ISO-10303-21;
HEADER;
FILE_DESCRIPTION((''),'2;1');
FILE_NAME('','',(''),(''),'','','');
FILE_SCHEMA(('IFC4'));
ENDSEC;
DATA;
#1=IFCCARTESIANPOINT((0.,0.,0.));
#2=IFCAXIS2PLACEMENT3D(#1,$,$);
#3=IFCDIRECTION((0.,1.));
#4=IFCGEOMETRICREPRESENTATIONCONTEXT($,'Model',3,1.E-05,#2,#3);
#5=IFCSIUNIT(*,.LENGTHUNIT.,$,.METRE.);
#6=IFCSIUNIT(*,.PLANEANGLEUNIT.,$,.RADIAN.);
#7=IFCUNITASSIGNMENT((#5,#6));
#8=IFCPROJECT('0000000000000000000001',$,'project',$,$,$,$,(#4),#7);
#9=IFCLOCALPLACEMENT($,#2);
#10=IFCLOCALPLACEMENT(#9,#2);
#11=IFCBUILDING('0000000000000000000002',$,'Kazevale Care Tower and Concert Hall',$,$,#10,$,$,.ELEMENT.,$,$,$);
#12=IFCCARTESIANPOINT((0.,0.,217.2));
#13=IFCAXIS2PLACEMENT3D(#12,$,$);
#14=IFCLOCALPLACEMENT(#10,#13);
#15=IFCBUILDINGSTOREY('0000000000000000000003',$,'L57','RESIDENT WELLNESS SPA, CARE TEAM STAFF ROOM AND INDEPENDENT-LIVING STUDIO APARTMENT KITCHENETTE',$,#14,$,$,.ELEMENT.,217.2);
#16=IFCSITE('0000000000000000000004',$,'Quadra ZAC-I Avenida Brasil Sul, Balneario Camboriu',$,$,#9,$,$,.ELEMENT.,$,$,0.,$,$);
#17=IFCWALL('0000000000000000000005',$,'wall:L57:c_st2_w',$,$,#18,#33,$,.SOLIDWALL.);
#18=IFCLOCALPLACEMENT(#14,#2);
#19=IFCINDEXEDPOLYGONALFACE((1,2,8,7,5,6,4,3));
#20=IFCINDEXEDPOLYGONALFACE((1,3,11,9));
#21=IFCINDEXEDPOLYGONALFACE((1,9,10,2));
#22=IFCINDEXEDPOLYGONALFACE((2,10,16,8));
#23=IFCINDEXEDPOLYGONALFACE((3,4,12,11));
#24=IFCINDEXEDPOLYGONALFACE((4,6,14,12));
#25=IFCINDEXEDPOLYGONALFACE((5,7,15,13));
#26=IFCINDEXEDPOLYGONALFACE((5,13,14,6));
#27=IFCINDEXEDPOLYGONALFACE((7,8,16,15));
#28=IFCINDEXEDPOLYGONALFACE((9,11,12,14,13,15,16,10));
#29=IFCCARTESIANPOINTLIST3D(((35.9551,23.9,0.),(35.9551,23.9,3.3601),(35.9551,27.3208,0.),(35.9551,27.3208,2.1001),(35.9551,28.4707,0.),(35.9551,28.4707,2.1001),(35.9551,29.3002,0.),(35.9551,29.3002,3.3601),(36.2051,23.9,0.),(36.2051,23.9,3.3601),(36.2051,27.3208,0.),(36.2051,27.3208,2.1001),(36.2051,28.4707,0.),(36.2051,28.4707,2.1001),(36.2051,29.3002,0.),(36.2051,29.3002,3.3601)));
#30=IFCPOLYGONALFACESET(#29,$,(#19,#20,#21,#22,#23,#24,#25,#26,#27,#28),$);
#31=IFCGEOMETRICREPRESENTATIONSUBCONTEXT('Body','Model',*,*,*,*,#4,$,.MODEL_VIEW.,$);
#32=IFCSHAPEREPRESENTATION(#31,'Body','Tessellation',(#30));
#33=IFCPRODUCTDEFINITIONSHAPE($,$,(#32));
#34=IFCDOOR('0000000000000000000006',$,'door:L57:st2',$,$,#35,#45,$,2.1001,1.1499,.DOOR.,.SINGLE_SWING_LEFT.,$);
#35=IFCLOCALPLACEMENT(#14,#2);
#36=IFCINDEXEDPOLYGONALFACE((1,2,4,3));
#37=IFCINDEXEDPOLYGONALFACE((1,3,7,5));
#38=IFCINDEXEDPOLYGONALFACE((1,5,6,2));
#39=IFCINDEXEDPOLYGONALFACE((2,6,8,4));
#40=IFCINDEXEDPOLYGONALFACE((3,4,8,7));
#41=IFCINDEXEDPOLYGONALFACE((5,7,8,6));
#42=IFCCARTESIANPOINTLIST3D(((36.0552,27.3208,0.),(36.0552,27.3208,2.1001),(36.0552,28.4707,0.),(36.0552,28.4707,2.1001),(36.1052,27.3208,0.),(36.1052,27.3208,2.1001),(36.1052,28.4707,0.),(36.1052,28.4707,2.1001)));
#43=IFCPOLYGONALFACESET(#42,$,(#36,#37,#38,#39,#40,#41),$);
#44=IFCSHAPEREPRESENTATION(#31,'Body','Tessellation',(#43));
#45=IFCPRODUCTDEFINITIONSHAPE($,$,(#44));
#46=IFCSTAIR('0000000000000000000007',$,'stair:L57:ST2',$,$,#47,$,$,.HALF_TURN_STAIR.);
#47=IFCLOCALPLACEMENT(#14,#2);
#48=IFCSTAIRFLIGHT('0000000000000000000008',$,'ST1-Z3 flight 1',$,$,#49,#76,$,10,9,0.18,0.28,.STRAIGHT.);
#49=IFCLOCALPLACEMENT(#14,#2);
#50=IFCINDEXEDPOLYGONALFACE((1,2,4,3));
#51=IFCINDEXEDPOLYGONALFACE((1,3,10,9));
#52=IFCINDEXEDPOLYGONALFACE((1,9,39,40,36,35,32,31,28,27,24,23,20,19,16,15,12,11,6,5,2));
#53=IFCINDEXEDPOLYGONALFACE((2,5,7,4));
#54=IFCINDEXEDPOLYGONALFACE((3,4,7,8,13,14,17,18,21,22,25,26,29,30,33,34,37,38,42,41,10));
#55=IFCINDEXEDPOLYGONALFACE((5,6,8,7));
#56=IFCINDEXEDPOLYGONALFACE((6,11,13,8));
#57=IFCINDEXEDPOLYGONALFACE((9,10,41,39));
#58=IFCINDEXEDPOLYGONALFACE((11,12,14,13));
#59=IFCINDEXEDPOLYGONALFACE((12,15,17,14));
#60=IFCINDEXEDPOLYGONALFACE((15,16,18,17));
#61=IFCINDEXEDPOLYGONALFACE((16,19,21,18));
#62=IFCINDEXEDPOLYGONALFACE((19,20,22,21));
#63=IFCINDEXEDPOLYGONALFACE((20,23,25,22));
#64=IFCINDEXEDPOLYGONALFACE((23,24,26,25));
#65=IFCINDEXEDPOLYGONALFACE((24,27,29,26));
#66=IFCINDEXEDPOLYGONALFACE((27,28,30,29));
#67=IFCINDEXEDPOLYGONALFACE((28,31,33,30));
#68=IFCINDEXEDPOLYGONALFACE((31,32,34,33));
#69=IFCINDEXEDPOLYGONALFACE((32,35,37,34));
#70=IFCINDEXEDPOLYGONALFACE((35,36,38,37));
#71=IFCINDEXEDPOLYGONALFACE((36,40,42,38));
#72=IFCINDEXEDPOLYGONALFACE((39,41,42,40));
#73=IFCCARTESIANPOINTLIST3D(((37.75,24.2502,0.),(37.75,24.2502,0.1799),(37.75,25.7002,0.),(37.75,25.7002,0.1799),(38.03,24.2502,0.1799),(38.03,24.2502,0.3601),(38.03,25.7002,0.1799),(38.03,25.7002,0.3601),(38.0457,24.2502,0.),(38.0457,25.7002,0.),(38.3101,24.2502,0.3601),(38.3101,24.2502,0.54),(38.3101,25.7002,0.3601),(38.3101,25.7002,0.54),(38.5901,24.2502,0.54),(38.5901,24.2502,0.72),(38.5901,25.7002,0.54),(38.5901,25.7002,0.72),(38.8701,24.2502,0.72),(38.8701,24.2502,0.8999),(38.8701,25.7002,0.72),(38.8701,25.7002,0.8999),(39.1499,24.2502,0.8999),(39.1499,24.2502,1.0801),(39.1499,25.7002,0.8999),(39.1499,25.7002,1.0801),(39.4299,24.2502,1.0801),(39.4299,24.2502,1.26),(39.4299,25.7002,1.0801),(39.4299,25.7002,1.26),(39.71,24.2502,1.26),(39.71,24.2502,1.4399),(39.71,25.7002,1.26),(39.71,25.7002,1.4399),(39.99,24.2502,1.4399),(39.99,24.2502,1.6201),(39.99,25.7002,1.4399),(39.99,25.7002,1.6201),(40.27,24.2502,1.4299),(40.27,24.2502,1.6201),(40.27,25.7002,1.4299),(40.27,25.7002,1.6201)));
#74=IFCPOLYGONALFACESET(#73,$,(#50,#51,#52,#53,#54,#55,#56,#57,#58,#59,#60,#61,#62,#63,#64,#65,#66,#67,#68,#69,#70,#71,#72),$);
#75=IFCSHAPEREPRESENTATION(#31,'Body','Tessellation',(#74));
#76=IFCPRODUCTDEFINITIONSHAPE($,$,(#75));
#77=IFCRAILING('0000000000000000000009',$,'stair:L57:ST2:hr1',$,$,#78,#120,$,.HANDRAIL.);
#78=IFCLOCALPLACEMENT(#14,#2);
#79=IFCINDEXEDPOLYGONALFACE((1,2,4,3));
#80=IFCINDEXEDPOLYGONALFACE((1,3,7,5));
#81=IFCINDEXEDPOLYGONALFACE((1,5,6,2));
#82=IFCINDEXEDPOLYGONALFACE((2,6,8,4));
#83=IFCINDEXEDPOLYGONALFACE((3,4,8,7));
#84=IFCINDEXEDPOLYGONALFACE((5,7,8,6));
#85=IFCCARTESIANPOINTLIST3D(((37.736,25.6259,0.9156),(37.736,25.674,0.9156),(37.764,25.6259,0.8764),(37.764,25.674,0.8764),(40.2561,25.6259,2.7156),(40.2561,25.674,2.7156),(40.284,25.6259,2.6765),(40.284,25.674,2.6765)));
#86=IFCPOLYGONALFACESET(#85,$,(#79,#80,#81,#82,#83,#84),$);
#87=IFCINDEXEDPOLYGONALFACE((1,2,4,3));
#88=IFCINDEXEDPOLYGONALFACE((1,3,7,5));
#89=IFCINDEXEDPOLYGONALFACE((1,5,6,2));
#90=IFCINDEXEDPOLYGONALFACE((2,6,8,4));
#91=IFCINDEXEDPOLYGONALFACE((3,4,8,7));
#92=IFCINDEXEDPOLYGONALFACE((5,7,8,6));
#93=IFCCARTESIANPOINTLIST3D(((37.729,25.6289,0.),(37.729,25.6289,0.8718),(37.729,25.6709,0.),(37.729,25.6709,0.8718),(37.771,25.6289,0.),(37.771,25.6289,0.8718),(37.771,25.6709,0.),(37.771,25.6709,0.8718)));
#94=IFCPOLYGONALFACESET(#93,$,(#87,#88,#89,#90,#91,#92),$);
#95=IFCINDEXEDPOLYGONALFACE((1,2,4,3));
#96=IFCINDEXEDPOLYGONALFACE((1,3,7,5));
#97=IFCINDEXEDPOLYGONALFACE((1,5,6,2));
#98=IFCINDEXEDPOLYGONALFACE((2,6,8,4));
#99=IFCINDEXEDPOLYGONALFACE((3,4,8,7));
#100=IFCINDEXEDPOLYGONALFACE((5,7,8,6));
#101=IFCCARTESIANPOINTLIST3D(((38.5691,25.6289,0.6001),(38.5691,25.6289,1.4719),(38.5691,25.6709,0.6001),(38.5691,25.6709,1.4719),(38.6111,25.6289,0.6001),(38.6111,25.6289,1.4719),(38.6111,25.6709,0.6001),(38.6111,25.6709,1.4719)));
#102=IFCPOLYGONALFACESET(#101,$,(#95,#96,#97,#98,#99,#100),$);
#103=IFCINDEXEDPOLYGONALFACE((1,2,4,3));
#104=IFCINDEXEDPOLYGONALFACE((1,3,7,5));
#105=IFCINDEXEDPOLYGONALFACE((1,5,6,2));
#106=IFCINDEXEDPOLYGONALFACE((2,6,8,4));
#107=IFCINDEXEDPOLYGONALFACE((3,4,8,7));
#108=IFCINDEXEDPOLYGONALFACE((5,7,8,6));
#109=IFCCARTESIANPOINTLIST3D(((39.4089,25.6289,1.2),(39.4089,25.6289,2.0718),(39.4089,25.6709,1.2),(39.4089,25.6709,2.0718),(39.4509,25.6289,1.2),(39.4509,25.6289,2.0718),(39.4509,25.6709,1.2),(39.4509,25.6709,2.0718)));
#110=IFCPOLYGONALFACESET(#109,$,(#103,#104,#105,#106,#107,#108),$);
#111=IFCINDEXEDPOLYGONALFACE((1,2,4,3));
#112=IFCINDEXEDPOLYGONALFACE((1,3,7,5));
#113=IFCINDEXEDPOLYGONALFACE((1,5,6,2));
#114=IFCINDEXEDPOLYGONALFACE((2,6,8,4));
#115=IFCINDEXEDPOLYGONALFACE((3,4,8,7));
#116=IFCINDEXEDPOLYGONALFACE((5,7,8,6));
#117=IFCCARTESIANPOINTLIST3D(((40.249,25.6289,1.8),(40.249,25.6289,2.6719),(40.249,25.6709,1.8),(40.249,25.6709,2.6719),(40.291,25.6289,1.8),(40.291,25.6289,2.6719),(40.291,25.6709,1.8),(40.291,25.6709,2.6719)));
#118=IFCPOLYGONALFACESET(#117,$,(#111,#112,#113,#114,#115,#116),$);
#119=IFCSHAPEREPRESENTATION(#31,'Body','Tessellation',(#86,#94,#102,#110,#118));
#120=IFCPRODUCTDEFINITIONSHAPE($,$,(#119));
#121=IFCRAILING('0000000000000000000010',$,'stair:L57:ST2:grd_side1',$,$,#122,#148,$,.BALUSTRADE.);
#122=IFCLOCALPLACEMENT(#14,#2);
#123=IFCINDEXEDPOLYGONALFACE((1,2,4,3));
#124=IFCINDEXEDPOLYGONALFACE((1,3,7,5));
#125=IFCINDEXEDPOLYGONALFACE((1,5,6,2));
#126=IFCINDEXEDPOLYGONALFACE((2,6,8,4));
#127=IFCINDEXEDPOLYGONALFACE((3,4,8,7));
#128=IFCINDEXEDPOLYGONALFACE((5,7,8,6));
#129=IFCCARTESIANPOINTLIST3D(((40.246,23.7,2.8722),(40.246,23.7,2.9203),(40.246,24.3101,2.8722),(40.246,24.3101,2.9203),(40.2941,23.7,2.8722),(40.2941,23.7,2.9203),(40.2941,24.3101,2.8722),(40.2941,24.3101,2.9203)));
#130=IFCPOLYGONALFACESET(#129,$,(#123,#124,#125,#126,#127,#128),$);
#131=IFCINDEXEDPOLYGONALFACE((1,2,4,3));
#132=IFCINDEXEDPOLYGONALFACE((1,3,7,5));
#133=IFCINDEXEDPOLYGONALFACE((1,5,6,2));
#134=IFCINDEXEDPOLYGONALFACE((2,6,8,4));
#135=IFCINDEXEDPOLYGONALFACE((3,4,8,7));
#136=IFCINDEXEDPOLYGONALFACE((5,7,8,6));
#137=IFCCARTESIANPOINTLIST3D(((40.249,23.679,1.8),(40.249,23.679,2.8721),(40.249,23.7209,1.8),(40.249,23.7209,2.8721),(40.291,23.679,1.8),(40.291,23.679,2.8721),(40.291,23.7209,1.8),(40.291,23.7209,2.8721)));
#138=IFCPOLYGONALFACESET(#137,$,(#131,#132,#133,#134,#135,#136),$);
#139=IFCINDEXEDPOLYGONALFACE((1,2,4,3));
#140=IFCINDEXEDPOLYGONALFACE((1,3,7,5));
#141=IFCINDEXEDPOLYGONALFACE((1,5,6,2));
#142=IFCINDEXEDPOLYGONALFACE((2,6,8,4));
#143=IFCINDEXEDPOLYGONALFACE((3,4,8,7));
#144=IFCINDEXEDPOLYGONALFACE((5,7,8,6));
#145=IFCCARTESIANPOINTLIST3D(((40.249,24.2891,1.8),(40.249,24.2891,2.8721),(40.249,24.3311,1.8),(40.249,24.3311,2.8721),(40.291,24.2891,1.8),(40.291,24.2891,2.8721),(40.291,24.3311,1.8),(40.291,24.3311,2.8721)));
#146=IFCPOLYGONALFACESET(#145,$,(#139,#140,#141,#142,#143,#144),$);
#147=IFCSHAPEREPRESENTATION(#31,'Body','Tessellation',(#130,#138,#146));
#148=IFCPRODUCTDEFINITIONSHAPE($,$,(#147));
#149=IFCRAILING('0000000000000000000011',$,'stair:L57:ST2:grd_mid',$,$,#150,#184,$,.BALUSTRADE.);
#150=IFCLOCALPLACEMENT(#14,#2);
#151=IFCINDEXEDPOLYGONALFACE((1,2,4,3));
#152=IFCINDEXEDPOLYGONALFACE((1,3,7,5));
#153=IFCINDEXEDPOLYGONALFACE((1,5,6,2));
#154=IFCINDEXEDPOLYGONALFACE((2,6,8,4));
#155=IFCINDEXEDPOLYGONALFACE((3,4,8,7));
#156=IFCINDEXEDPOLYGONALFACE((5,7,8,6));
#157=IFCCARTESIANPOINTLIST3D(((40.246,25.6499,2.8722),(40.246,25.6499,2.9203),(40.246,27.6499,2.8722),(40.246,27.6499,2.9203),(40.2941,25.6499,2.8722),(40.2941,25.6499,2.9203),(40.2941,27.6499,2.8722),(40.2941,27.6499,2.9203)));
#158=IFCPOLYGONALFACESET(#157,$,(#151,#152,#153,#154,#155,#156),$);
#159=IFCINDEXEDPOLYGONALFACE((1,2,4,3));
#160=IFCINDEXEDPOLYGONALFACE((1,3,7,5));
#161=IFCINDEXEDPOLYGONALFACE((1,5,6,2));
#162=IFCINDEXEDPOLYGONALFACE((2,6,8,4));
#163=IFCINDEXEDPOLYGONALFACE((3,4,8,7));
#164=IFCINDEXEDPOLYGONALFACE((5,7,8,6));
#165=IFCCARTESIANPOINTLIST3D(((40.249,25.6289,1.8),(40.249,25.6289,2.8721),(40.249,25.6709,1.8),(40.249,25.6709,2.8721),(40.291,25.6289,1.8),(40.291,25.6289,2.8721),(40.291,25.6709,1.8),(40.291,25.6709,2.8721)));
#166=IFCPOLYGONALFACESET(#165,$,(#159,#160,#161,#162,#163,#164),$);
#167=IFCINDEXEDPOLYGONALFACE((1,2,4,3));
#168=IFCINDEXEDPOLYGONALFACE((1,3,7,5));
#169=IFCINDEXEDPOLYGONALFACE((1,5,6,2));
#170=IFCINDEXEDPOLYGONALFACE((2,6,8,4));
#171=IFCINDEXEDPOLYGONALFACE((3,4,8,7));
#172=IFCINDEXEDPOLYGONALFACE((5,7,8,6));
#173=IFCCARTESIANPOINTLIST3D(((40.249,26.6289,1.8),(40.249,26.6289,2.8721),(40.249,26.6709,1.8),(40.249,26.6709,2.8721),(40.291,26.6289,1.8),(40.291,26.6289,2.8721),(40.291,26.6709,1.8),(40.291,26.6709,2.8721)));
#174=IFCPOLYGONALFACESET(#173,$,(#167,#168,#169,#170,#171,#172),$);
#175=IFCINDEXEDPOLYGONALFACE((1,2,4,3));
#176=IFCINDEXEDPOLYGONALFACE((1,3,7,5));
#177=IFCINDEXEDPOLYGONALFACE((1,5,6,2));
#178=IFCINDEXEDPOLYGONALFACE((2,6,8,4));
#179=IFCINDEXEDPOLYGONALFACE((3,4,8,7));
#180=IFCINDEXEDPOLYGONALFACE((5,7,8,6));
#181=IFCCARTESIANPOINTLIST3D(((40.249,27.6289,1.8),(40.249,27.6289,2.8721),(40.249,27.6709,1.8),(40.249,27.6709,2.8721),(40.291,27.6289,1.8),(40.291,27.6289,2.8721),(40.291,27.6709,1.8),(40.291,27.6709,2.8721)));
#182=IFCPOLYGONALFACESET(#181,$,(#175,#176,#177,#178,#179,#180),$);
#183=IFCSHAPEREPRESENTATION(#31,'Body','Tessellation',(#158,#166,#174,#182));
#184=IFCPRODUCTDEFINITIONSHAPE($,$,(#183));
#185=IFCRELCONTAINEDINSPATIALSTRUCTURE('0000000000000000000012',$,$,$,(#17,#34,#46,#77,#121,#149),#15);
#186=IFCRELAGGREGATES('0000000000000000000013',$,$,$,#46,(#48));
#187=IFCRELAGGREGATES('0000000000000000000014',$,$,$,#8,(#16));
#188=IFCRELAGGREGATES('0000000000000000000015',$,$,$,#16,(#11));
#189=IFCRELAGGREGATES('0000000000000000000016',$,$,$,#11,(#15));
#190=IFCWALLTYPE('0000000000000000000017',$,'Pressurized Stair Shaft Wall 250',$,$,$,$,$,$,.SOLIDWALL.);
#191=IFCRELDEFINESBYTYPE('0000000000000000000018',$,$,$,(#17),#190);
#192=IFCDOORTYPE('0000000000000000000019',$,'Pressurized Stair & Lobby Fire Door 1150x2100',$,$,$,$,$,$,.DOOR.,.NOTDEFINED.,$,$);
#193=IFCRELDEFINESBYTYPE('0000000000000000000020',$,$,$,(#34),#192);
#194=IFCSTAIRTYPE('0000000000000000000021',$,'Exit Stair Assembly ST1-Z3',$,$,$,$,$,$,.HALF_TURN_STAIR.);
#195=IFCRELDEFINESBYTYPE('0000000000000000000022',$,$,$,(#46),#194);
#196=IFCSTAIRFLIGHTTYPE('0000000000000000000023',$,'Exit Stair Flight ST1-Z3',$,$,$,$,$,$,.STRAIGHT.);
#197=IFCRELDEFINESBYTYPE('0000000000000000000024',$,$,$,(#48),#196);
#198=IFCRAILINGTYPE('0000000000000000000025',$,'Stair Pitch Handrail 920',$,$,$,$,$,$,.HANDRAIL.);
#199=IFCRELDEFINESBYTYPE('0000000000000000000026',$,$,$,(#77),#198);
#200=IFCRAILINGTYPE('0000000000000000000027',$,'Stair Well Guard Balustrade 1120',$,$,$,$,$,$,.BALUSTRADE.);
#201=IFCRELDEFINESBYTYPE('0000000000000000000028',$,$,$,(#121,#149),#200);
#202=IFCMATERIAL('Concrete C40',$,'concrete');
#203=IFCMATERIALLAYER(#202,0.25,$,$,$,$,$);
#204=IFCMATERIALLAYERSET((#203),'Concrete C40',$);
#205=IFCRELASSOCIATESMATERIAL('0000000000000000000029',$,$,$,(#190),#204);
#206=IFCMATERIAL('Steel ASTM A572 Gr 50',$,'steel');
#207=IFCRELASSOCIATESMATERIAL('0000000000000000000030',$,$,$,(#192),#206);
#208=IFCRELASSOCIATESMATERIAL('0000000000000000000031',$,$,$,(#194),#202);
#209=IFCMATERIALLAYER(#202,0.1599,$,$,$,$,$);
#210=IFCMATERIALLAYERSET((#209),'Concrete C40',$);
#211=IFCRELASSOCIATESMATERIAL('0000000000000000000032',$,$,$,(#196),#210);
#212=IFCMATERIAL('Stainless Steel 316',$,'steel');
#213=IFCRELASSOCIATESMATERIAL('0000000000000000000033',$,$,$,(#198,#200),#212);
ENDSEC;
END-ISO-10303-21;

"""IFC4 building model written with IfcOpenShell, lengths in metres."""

from ifc_helpers import new_model, si_unit, direction, frame, frame_2d, origin, origin_2d, place, context, subcontext, project, spatial, polyline, rectangle, outline, extrude, material, layer, layer_set, type_object, element, fill, aggregate, save


model = new_model("IFC4")

# Units and contexts
model_context = context("Model", 3, precision=1e-05, world=origin(), true_north=direction((0.0, 1.0)))
body_context = subcontext(model_context, "Body", "Model", "MODEL_VIEW")
ifc_project = project(units=[si_unit("LENGTHUNIT", "METRE"), si_unit("PLANEANGLEUNIT", "RADIAN")], contexts=[model_context])

# Site, building, storey
site_placement = place(None, origin())
site = spatial("IfcSite", under=ifc_project, at=site_placement, Name="Quadra ZAC-I Avenida Brasil Sul, Balneario Camboriu", CompositionType="ELEMENT", RefElevation=0.0)
building_placement = place(site_placement, origin())
building = spatial("IfcBuilding", under=site, at=building_placement, Name="Kazevale Care Tower and Concert Hall", CompositionType="ELEMENT")
storey_placement = place(building_placement, frame((0.0, 0.0, 217.2)))
storey = spatial("IfcBuildingStorey", under=building, at=storey_placement, Name="L57", Description="RESIDENT WELLNESS SPA, CARE TEAM STAFF ROOM AND INDEPENDENT-LIVING STUDIO APARTMENT KITCHENETTE", CompositionType="ELEMENT", Elevation=217.2)

# Shared definitions
ifc_material_1 = material(Name="Steel ASTM A572 Gr 50", Category="steel")

# Wall, opening, door
ifc_material_2 = material(Name="Concrete C40", Category="concrete")
ifc_layer_1 = layer(ifc_material_2, 0.25)
ifc_layer_set_1 = layer_set([ifc_layer_1], Name="Concrete C40")
wall_type_1 = type_object("IfcWallType", Name="Pressurized Stair Shaft Wall 250", PredefinedType="SOLIDWALL", material=ifc_layer_set_1)
wall_1_placement = place(storey_placement, frame((36.0801, 23.8999, 0.0), z_axis=(0.0, 0.0, 1.0), x_axis=(0.0, 1.0, 0.0)))
wall_1 = element("IfcWall", 1, at=wall_1_placement, inside=storey, type_object=wall_type_1, Name="wall:L57:c_st2_w", PredefinedType="SOLIDWALL", context=body_context, shape_type="SweptSolid", body=[
    extrude(rectangle(XDim=5.4001, YDim=0.25, at=frame_2d((2.7002, 0.0))), origin(), (0.0, 0.0, 1.0), 3.3601),
])
opening_1_placement = place(wall_1_placement, frame((3.4209, 0.0, 0.0)))
opening_1 = element("IfcOpeningElement", 2, at=opening_1_placement, cuts=wall_1, PredefinedType="OPENING", context=body_context, shape_type="SweptSolid", body=[
    extrude(rectangle(XDim=1.1499, YDim=2.1001, at=frame_2d((0.575, 1.05))), frame((0.0, 0.135, 0.0), z_axis=(0.0, -1.0, 0.0), x_axis=(1.0, 0.0, 0.0)), (0.0, 0.0, 1.0), 0.27),
])
door_type_1 = type_object("IfcDoorType", Name="Pressurized Stair & Lobby Fire Door 1150x2100", OperationType="NOTDEFINED", PredefinedType="DOOR", material=ifc_material_1)
door_1_placement = place(opening_1_placement, origin())
door_1 = element("IfcDoor", 3, at=door_1_placement, inside=storey, type_object=door_type_1, Name="door:L57:st2", OperationType="SINGLE_SWING_LEFT", OverallHeight=2.1001, OverallWidth=1.1499, PredefinedType="DOOR", context=body_context, shape_type="SweptSolid", body=[
    extrude(rectangle(XDim=1.1499, YDim=2.1001, at=frame_2d((0.575, 1.05))), frame((0.0, 0.0249, 0.0), z_axis=(0.0, -1.0, 0.0), x_axis=(1.0, 0.0, 0.0)), (0.0, 0.0, 1.0), 0.05),
])
fill(opening_1, door_1)

# Stair, stair flight
stair_type = type_object("IfcStairType", Name="Exit Stair Assembly ST1-Z3", PredefinedType="HALF_TURN_STAIR", material=ifc_material_2)
stair_placement = place(storey_placement, origin())
stair = element("IfcStair", 4, at=stair_placement, inside=storey, type_object=stair_type, Name="stair:L57:ST2", PredefinedType="HALF_TURN_STAIR")
ifc_layer_2 = layer(ifc_material_2, 0.1599)
ifc_layer_set_2 = layer_set([ifc_layer_2], Name="Concrete C40")
stair_flight_type = type_object("IfcStairFlightType", Name="Exit Stair Flight ST1-Z3", PredefinedType="STRAIGHT", material=ifc_layer_set_2)
stair_flight_placement = place(storey_placement, frame((37.75, 24.9751, 0.0), z_axis=(0.0, 0.0, 1.0), x_axis=(1.0, 0.0, 0.0)))
stair_flight = element("IfcStairFlight", 5, at=stair_flight_placement, type_object=stair_flight_type, Name="ST1-Z3 flight 1", NumberOfRisers=10, NumberOfTreads=9, PredefinedType="STRAIGHT", RiserHeight=0.18, TreadLength=0.28, context=body_context, shape_type="SweptSolid", body=[
    extrude(outline(polyline([(0.0, 0.0), (0.0, 0.1799), (0.28, 0.1799), (0.28, 0.3601), (0.5601, 0.3601), (0.5601, 0.54), (0.8401, 0.54), (0.8401, 0.72), (1.1201, 0.72), (1.1201, 0.8999), (1.3999, 0.8999), (1.3999, 1.0801), (1.6799, 1.0801), (1.6799, 1.26), (1.96, 1.26), (1.96, 1.4399), (2.24, 1.4399), (2.24, 1.6201), (2.52, 1.6201), (2.52, 1.8), (2.52, 1.4299), (0.2957, 0.0), (0.0, 0.0)])), frame((0.0, 0.7251, 0.0), z_axis=(0.0, -1.0, 0.0), x_axis=(1.0, 0.0, 0.0)), (0.0, 0.0, 1.0), 1.45),
])
aggregate(stair, [stair_flight])

# Railings
ifc_material_3 = material(Name="Stainless Steel 316", Category="steel")
railing_type_1 = type_object("IfcRailingType", Name="Stair Pitch Handrail 920", PredefinedType="HANDRAIL", material=ifc_material_3)
railing_1_placement = place(storey_placement, frame((37.75, 25.6499, 0.0)))
element("IfcRailing", 6, at=railing_1_placement, inside=storey, type_object=railing_type_1, Name="stair:L57:ST2:hr1", PredefinedType="HANDRAIL", context=body_context, shape_type="SweptSolid", body=[
    extrude(rectangle(XDim=0.0481, YDim=0.0481, at=origin_2d()), frame((0.0, 0.0, 0.896), z_axis=(0.813728, 0.0, 0.581246), x_axis=(0.0, 1.0, 0.0)), (0.0, 0.0, 1.0), 3.0969),
    extrude(rectangle(XDim=0.042, YDim=0.042, at=origin_2d()), origin(), (0.0, 0.0, 1.0), 0.8718),
    extrude(rectangle(XDim=0.042, YDim=0.042, at=origin_2d()), frame((0.8401, 0.0, 0.6001)), (0.0, 0.0, 1.0), 0.8718),
    extrude(rectangle(XDim=0.042, YDim=0.042, at=origin_2d()), frame((1.6799, 0.0, 1.2)), (0.0, 0.0, 1.0), 0.8718),
    extrude(rectangle(XDim=0.042, YDim=0.042, at=origin_2d()), frame((2.52, 0.0, 1.8)), (0.0, 0.0, 1.0), 0.8718),
])
railing_type_2 = type_object("IfcRailingType", Name="Stair Well Guard Balustrade 1120", PredefinedType="BALUSTRADE", material=ifc_material_3)
railing_2_placement = place(storey_placement, frame((40.27, 23.7, 1.8)))
element("IfcRailing", 7, at=railing_2_placement, inside=storey, type_object=railing_type_2, Name="stair:L57:ST2:grd_side1", PredefinedType="BALUSTRADE", context=body_context, shape_type="SweptSolid", body=[
    extrude(rectangle(XDim=0.0481, YDim=0.0481, at=origin_2d()), frame((0.0, 0.0, 1.0962), z_axis=(0.0, 1.0, 0.0), x_axis=(-1.0, 0.0, 0.0)), (0.0, 0.0, 1.0), 0.6101),
    extrude(rectangle(XDim=0.042, YDim=0.042, at=origin_2d()), origin(), (0.0, 0.0, 1.0), 1.072),
    extrude(rectangle(XDim=0.042, YDim=0.042, at=origin_2d()), frame((0.0, 0.6101, 0.0)), (0.0, 0.0, 1.0), 1.072),
])
for number, where, name in (
    (8, (40.27, 25.6499, 1.8), "stair:L57:ST2:grd_mid"),
):
    element("IfcRailing", number, at=place(storey_placement, frame(where)), inside=storey, type_object=railing_type_2, Name=name, PredefinedType="BALUSTRADE", context=body_context, shape_type="SweptSolid", body=[
        extrude(rectangle(XDim=0.0481, YDim=0.0481, at=origin_2d()), frame((0.0, 0.0, 1.0962), z_axis=(0.0, 1.0, 0.0), x_axis=(-1.0, 0.0, 0.0)), (0.0, 0.0, 1.0), 2.0),
        extrude(rectangle(XDim=0.042, YDim=0.042, at=origin_2d()), origin(), (0.0, 0.0, 1.0), 1.072),
        extrude(rectangle(XDim=0.042, YDim=0.042, at=origin_2d()), frame((0.0, 1.0, 0.0)), (0.0, 0.0, 1.0), 1.072),
        extrude(rectangle(XDim=0.042, YDim=0.042, at=origin_2d()), frame((0.0, 2.0, 0.0)), (0.0, 0.0, 1.0), 1.072),
    ])

save(model, "model.ifc")
